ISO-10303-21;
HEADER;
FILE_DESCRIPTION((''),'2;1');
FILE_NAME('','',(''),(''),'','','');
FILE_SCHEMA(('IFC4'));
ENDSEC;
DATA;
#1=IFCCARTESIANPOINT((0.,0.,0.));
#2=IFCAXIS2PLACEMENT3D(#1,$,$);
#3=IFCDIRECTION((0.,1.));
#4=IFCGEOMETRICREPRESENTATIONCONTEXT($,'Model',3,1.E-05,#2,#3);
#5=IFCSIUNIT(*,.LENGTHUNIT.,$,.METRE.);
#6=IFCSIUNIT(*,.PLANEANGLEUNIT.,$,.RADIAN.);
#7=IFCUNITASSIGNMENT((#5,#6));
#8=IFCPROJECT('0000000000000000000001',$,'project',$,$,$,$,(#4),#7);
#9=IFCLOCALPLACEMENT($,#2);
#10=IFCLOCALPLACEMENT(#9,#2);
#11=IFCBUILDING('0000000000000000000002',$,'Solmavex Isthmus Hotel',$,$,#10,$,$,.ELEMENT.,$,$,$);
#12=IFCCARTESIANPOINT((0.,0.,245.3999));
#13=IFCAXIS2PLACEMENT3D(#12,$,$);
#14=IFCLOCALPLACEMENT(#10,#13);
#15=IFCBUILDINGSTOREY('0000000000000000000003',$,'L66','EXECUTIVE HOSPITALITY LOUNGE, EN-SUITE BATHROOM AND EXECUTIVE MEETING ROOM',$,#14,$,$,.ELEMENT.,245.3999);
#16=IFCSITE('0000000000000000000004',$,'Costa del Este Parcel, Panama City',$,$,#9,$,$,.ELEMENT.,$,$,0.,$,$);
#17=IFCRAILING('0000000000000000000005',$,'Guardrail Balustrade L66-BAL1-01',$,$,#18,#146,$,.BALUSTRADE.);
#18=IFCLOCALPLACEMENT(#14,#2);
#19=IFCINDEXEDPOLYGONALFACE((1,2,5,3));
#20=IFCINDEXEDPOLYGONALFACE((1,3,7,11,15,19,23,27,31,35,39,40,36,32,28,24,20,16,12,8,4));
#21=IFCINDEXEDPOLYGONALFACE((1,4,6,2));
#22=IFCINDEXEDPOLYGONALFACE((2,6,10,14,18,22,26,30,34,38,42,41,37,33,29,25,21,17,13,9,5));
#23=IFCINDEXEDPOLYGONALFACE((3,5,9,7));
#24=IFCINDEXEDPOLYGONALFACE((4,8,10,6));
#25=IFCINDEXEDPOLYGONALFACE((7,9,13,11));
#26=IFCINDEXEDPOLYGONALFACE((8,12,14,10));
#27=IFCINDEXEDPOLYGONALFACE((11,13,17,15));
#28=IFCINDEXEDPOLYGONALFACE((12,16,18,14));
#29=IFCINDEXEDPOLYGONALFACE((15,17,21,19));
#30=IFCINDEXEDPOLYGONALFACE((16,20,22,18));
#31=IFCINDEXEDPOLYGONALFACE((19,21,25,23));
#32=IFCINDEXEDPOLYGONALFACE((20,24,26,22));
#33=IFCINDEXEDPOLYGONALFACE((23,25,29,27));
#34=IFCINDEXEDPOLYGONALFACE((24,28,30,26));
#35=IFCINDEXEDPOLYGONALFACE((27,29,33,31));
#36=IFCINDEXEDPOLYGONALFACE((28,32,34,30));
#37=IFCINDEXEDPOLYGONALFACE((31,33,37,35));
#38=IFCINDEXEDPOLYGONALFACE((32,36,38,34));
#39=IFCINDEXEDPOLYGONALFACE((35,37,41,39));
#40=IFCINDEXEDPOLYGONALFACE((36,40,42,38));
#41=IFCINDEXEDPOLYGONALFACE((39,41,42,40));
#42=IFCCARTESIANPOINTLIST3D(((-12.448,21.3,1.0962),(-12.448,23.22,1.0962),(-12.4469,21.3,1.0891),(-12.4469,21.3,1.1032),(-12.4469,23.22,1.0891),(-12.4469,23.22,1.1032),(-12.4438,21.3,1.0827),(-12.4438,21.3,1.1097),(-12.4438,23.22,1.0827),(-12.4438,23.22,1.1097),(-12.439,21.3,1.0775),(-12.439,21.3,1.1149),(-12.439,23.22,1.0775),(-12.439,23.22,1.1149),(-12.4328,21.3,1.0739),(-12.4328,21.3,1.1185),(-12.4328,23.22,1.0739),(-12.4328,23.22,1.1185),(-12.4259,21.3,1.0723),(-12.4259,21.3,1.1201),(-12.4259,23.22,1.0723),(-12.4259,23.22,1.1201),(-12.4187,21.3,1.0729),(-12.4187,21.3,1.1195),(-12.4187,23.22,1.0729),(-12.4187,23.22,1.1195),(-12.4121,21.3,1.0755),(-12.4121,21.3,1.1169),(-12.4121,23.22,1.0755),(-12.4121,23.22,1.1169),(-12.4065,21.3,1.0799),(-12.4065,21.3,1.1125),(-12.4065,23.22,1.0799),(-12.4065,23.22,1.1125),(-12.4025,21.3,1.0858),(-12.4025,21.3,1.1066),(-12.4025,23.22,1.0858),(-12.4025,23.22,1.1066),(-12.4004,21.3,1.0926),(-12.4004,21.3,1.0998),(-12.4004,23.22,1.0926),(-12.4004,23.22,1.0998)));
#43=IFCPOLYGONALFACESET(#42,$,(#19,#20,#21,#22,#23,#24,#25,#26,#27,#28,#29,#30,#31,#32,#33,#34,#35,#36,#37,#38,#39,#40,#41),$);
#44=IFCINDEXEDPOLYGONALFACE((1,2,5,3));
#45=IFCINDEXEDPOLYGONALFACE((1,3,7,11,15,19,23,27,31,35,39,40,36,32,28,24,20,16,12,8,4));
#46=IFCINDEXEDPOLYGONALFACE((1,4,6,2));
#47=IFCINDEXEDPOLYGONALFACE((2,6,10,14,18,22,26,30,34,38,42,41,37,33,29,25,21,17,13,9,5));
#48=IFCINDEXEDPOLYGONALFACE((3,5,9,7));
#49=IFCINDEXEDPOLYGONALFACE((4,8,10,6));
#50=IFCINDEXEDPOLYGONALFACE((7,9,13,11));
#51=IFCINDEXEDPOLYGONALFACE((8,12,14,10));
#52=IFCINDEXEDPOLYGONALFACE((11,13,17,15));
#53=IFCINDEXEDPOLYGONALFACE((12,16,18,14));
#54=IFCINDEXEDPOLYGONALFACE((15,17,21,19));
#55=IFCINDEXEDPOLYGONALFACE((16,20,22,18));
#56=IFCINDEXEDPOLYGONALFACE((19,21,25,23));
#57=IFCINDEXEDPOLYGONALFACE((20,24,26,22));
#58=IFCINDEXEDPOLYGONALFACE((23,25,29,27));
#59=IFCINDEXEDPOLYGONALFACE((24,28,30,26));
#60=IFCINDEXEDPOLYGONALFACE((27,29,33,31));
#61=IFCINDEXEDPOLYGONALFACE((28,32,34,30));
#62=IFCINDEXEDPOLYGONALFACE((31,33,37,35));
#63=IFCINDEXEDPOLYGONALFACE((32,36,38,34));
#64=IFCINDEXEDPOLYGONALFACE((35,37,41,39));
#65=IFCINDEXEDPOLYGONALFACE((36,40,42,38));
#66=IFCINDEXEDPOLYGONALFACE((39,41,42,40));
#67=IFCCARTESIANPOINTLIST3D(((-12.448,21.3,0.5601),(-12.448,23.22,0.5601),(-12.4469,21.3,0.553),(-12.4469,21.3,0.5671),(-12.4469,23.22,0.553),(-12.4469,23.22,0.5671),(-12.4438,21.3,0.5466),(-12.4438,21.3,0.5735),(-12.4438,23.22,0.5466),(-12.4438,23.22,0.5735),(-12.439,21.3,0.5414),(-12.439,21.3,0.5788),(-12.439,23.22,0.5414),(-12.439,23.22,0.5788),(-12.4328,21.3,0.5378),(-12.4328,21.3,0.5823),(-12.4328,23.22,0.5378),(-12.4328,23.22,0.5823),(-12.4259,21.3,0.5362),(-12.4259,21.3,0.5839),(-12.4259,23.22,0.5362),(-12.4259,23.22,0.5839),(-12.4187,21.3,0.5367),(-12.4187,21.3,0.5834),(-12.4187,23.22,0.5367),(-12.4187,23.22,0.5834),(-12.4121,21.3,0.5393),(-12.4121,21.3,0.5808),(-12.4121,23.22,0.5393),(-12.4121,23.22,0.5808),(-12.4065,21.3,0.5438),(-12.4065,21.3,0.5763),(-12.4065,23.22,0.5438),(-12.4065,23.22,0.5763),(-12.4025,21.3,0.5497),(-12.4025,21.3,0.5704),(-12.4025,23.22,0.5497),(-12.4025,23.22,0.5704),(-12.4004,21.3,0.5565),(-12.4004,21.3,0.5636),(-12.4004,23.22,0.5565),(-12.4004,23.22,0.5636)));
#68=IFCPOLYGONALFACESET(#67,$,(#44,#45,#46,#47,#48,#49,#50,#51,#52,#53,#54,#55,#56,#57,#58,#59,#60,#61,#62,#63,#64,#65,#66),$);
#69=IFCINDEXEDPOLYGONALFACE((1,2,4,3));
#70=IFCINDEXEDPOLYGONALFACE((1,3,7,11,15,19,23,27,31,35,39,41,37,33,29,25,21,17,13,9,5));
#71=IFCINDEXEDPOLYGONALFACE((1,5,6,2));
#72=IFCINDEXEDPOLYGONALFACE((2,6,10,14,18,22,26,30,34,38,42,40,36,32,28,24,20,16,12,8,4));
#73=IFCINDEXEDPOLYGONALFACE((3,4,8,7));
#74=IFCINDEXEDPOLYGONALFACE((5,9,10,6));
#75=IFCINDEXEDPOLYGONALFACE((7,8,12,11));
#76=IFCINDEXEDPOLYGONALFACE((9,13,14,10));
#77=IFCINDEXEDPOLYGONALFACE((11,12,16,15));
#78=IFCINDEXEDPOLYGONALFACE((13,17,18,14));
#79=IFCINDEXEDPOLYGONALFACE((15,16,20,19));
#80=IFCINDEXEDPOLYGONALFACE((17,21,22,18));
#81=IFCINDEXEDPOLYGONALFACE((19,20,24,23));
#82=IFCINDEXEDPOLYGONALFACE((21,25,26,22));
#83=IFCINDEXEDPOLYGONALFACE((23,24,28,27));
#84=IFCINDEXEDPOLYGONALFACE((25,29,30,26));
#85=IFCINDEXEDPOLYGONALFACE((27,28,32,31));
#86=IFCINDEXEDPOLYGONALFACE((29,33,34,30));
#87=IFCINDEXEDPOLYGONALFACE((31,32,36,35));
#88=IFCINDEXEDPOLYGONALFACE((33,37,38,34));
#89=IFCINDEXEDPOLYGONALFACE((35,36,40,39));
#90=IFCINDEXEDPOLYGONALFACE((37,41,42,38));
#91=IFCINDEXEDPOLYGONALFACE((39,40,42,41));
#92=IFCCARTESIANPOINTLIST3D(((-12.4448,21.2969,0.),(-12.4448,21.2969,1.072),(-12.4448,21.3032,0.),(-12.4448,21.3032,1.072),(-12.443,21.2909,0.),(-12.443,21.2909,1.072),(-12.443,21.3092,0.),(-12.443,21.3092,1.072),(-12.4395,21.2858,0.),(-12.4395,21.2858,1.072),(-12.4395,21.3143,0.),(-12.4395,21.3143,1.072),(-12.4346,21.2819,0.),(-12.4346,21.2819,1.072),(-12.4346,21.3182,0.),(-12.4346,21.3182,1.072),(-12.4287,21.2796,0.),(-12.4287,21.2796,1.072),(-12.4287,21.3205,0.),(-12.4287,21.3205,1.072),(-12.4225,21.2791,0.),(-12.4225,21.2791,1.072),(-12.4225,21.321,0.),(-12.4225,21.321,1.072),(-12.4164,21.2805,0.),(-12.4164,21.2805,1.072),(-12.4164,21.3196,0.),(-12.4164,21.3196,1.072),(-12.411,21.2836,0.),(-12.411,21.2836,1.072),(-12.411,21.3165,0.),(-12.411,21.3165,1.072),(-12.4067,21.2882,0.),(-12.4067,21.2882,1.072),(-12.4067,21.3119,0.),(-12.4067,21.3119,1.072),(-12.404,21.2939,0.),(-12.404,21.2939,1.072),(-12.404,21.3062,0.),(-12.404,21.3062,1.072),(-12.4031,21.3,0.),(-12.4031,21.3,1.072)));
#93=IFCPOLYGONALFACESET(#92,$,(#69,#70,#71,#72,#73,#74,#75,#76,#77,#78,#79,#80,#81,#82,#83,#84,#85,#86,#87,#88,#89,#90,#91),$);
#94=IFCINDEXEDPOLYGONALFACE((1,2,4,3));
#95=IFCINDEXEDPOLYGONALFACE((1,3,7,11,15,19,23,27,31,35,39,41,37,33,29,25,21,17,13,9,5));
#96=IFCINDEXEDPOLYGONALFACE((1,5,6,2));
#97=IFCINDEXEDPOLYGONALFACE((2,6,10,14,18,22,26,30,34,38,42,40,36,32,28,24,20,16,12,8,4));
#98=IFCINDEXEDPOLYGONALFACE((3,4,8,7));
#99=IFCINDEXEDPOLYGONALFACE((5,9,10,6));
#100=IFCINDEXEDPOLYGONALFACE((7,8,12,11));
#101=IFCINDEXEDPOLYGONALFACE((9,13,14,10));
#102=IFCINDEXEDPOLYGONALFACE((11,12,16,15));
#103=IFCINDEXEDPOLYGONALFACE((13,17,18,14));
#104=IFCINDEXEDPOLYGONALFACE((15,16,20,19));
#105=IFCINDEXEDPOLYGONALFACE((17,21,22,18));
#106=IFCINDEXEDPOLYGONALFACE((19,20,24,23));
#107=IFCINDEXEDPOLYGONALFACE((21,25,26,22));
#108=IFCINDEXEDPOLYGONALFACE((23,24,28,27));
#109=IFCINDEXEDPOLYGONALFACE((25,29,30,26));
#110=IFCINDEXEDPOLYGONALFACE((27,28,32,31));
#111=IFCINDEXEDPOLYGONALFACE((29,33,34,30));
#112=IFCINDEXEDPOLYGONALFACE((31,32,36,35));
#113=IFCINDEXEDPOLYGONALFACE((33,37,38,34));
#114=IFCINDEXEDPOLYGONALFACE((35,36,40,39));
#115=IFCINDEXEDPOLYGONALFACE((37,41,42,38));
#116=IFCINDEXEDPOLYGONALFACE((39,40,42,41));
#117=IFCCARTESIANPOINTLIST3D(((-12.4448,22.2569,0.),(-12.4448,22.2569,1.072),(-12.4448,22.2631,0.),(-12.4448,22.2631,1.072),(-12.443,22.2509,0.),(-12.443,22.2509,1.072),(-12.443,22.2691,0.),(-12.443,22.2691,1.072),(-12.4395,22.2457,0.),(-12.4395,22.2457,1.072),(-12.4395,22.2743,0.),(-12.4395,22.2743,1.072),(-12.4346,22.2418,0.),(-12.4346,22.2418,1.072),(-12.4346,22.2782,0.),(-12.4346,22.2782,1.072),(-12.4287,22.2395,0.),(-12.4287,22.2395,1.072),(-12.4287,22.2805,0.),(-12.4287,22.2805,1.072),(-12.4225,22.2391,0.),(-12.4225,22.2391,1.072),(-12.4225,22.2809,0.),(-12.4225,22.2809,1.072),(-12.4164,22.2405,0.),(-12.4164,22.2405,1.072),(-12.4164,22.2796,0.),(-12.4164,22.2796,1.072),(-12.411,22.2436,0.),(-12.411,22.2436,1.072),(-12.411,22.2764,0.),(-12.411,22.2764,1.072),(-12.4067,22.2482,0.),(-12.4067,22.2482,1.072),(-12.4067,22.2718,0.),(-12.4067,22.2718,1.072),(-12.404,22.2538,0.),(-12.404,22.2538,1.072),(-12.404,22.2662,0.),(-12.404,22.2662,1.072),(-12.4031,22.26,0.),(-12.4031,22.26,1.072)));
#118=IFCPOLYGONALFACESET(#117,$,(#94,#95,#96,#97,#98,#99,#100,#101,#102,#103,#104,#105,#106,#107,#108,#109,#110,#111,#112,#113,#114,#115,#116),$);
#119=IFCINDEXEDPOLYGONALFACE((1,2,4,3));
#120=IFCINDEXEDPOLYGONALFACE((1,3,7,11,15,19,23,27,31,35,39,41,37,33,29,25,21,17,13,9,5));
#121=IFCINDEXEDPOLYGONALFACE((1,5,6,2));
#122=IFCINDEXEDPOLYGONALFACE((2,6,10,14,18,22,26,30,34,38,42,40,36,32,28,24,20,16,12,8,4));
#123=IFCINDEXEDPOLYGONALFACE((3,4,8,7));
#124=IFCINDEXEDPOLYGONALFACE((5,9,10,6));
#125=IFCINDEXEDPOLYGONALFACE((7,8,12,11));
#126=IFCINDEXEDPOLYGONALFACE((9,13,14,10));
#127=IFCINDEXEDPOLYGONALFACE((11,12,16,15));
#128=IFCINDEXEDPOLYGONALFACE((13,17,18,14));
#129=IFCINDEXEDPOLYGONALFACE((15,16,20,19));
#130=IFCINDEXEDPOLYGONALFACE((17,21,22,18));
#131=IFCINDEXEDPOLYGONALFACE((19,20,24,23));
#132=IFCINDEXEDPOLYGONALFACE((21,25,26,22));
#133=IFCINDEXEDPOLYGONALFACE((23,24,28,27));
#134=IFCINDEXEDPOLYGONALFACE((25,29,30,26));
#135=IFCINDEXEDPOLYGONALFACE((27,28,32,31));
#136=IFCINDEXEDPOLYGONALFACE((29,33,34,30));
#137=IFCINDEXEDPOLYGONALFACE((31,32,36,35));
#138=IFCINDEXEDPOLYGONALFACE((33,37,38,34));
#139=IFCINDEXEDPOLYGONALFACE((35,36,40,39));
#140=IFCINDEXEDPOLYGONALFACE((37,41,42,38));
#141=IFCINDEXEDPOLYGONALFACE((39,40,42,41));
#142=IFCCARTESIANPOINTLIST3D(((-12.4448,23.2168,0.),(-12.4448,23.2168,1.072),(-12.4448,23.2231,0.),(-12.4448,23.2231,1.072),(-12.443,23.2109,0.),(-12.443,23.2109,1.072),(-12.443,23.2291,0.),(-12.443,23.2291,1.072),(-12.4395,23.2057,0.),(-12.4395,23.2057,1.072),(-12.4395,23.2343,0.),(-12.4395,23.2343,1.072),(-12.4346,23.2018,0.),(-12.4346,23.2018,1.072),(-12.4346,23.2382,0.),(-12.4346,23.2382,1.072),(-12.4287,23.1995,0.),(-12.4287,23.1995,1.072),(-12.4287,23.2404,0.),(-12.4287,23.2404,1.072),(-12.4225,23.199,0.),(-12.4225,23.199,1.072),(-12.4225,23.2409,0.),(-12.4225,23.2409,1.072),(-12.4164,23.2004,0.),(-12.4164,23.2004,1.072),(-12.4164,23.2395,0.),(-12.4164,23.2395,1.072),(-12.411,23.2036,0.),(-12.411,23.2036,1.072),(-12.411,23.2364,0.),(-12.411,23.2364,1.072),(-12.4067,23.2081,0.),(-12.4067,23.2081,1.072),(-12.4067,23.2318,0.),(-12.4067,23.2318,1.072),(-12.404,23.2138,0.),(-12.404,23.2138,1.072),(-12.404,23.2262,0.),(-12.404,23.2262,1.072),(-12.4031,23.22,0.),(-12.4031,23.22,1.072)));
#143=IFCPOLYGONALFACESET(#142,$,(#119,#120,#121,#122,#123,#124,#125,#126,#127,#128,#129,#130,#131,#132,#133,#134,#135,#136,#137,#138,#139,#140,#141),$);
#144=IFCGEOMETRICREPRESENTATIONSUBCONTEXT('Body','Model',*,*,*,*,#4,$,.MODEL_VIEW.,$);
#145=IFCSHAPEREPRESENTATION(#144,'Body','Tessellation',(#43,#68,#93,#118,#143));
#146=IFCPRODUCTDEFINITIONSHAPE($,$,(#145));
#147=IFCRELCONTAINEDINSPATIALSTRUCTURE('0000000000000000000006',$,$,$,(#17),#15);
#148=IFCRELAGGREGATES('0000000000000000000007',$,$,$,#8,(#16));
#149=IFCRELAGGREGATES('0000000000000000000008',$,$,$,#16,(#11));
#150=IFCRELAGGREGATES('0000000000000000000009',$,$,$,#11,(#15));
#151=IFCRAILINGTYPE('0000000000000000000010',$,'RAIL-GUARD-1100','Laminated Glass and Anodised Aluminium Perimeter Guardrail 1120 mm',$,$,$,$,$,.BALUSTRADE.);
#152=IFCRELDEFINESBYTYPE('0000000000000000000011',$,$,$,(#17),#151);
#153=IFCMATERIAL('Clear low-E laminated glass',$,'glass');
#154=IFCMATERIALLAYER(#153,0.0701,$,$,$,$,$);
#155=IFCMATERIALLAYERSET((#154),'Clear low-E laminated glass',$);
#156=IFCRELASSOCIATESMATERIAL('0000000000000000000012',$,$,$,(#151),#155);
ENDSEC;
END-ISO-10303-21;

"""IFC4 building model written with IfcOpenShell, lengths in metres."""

from ifc_helpers import new_model, si_unit, direction, frame, origin, origin_2d, place, context, subcontext, project, spatial, circle, extrude, material, layer, layer_set, type_object, element, save


model = new_model("IFC4")

# Units and contexts
model_context = context("Model", 3, precision=1e-05, world=origin(), true_north=direction((0.0, 1.0)))
body_context = subcontext(model_context, "Body", "Model", "MODEL_VIEW")
ifc_project = project(units=[si_unit("LENGTHUNIT", "METRE"), si_unit("PLANEANGLEUNIT", "RADIAN")], contexts=[model_context])

# Site, building, storey
site_placement = place(None, origin())
site = spatial("IfcSite", under=ifc_project, at=site_placement, Name="Costa del Este Parcel, Panama City", CompositionType="ELEMENT", RefElevation=0.0)
building_placement = place(site_placement, origin())
building = spatial("IfcBuilding", under=site, at=building_placement, Name="Solmavex Isthmus Hotel", CompositionType="ELEMENT")
storey_placement = place(building_placement, frame((0.0, 0.0, 245.3999)))
storey = spatial("IfcBuildingStorey", under=building, at=storey_placement, Name="L66", Description="EXECUTIVE HOSPITALITY LOUNGE, EN-SUITE BATHROOM AND EXECUTIVE MEETING ROOM", CompositionType="ELEMENT", Elevation=245.3999)

# Shared definitions
ifc_material_1 = material(Name="Clear low-E laminated glass", Category="glass")

# Railing
ifc_layer_1 = layer(ifc_material_1, 0.0701)
ifc_layer_set_1 = layer_set([ifc_layer_1], Name="Clear low-E laminated glass")
railing_type = type_object("IfcRailingType", Name="RAIL-GUARD-1100", Description="Laminated Glass and Anodised Aluminium Perimeter Guardrail 1120 mm", PredefinedType="BALUSTRADE", material=ifc_layer_set_1)
railing_1_placement = place(storey_placement, frame((-12.4241, 21.3, 0.0)))
element("IfcRailing", 1, at=railing_1_placement, inside=storey, type_object=railing_type, Name="Guardrail Balustrade L66-BAL1-01", PredefinedType="BALUSTRADE", context=body_context, shape_type="SweptSolid", body=[
    extrude(circle(Radius=0.0239, at=origin_2d()), frame((0.0, 0.0, 1.0962), z_axis=(0.0, 1.0, 0.0), x_axis=(-1.0, 0.0, 0.0)), (0.0, 0.0, 1.0), 1.9199),
    extrude(circle(Radius=0.0239, at=origin_2d()), frame((0.0, 0.0, 0.5601), z_axis=(0.0, 1.0, 0.0), x_axis=(-1.0, 0.0, 0.0)), (0.0, 0.0, 1.0), 1.9199),
    extrude(circle(Radius=0.021, at=origin_2d()), origin(), (0.0, 0.0, 1.0), 1.072),
    extrude(circle(Radius=0.021, at=origin_2d()), frame((0.0, 0.96, 0.0)), (0.0, 0.0, 1.0), 1.072),
    extrude(circle(Radius=0.021, at=origin_2d()), frame((0.0, 1.9199, 0.0)), (0.0, 0.0, 1.0), 1.072),
])

save(model, "model.ifc")
